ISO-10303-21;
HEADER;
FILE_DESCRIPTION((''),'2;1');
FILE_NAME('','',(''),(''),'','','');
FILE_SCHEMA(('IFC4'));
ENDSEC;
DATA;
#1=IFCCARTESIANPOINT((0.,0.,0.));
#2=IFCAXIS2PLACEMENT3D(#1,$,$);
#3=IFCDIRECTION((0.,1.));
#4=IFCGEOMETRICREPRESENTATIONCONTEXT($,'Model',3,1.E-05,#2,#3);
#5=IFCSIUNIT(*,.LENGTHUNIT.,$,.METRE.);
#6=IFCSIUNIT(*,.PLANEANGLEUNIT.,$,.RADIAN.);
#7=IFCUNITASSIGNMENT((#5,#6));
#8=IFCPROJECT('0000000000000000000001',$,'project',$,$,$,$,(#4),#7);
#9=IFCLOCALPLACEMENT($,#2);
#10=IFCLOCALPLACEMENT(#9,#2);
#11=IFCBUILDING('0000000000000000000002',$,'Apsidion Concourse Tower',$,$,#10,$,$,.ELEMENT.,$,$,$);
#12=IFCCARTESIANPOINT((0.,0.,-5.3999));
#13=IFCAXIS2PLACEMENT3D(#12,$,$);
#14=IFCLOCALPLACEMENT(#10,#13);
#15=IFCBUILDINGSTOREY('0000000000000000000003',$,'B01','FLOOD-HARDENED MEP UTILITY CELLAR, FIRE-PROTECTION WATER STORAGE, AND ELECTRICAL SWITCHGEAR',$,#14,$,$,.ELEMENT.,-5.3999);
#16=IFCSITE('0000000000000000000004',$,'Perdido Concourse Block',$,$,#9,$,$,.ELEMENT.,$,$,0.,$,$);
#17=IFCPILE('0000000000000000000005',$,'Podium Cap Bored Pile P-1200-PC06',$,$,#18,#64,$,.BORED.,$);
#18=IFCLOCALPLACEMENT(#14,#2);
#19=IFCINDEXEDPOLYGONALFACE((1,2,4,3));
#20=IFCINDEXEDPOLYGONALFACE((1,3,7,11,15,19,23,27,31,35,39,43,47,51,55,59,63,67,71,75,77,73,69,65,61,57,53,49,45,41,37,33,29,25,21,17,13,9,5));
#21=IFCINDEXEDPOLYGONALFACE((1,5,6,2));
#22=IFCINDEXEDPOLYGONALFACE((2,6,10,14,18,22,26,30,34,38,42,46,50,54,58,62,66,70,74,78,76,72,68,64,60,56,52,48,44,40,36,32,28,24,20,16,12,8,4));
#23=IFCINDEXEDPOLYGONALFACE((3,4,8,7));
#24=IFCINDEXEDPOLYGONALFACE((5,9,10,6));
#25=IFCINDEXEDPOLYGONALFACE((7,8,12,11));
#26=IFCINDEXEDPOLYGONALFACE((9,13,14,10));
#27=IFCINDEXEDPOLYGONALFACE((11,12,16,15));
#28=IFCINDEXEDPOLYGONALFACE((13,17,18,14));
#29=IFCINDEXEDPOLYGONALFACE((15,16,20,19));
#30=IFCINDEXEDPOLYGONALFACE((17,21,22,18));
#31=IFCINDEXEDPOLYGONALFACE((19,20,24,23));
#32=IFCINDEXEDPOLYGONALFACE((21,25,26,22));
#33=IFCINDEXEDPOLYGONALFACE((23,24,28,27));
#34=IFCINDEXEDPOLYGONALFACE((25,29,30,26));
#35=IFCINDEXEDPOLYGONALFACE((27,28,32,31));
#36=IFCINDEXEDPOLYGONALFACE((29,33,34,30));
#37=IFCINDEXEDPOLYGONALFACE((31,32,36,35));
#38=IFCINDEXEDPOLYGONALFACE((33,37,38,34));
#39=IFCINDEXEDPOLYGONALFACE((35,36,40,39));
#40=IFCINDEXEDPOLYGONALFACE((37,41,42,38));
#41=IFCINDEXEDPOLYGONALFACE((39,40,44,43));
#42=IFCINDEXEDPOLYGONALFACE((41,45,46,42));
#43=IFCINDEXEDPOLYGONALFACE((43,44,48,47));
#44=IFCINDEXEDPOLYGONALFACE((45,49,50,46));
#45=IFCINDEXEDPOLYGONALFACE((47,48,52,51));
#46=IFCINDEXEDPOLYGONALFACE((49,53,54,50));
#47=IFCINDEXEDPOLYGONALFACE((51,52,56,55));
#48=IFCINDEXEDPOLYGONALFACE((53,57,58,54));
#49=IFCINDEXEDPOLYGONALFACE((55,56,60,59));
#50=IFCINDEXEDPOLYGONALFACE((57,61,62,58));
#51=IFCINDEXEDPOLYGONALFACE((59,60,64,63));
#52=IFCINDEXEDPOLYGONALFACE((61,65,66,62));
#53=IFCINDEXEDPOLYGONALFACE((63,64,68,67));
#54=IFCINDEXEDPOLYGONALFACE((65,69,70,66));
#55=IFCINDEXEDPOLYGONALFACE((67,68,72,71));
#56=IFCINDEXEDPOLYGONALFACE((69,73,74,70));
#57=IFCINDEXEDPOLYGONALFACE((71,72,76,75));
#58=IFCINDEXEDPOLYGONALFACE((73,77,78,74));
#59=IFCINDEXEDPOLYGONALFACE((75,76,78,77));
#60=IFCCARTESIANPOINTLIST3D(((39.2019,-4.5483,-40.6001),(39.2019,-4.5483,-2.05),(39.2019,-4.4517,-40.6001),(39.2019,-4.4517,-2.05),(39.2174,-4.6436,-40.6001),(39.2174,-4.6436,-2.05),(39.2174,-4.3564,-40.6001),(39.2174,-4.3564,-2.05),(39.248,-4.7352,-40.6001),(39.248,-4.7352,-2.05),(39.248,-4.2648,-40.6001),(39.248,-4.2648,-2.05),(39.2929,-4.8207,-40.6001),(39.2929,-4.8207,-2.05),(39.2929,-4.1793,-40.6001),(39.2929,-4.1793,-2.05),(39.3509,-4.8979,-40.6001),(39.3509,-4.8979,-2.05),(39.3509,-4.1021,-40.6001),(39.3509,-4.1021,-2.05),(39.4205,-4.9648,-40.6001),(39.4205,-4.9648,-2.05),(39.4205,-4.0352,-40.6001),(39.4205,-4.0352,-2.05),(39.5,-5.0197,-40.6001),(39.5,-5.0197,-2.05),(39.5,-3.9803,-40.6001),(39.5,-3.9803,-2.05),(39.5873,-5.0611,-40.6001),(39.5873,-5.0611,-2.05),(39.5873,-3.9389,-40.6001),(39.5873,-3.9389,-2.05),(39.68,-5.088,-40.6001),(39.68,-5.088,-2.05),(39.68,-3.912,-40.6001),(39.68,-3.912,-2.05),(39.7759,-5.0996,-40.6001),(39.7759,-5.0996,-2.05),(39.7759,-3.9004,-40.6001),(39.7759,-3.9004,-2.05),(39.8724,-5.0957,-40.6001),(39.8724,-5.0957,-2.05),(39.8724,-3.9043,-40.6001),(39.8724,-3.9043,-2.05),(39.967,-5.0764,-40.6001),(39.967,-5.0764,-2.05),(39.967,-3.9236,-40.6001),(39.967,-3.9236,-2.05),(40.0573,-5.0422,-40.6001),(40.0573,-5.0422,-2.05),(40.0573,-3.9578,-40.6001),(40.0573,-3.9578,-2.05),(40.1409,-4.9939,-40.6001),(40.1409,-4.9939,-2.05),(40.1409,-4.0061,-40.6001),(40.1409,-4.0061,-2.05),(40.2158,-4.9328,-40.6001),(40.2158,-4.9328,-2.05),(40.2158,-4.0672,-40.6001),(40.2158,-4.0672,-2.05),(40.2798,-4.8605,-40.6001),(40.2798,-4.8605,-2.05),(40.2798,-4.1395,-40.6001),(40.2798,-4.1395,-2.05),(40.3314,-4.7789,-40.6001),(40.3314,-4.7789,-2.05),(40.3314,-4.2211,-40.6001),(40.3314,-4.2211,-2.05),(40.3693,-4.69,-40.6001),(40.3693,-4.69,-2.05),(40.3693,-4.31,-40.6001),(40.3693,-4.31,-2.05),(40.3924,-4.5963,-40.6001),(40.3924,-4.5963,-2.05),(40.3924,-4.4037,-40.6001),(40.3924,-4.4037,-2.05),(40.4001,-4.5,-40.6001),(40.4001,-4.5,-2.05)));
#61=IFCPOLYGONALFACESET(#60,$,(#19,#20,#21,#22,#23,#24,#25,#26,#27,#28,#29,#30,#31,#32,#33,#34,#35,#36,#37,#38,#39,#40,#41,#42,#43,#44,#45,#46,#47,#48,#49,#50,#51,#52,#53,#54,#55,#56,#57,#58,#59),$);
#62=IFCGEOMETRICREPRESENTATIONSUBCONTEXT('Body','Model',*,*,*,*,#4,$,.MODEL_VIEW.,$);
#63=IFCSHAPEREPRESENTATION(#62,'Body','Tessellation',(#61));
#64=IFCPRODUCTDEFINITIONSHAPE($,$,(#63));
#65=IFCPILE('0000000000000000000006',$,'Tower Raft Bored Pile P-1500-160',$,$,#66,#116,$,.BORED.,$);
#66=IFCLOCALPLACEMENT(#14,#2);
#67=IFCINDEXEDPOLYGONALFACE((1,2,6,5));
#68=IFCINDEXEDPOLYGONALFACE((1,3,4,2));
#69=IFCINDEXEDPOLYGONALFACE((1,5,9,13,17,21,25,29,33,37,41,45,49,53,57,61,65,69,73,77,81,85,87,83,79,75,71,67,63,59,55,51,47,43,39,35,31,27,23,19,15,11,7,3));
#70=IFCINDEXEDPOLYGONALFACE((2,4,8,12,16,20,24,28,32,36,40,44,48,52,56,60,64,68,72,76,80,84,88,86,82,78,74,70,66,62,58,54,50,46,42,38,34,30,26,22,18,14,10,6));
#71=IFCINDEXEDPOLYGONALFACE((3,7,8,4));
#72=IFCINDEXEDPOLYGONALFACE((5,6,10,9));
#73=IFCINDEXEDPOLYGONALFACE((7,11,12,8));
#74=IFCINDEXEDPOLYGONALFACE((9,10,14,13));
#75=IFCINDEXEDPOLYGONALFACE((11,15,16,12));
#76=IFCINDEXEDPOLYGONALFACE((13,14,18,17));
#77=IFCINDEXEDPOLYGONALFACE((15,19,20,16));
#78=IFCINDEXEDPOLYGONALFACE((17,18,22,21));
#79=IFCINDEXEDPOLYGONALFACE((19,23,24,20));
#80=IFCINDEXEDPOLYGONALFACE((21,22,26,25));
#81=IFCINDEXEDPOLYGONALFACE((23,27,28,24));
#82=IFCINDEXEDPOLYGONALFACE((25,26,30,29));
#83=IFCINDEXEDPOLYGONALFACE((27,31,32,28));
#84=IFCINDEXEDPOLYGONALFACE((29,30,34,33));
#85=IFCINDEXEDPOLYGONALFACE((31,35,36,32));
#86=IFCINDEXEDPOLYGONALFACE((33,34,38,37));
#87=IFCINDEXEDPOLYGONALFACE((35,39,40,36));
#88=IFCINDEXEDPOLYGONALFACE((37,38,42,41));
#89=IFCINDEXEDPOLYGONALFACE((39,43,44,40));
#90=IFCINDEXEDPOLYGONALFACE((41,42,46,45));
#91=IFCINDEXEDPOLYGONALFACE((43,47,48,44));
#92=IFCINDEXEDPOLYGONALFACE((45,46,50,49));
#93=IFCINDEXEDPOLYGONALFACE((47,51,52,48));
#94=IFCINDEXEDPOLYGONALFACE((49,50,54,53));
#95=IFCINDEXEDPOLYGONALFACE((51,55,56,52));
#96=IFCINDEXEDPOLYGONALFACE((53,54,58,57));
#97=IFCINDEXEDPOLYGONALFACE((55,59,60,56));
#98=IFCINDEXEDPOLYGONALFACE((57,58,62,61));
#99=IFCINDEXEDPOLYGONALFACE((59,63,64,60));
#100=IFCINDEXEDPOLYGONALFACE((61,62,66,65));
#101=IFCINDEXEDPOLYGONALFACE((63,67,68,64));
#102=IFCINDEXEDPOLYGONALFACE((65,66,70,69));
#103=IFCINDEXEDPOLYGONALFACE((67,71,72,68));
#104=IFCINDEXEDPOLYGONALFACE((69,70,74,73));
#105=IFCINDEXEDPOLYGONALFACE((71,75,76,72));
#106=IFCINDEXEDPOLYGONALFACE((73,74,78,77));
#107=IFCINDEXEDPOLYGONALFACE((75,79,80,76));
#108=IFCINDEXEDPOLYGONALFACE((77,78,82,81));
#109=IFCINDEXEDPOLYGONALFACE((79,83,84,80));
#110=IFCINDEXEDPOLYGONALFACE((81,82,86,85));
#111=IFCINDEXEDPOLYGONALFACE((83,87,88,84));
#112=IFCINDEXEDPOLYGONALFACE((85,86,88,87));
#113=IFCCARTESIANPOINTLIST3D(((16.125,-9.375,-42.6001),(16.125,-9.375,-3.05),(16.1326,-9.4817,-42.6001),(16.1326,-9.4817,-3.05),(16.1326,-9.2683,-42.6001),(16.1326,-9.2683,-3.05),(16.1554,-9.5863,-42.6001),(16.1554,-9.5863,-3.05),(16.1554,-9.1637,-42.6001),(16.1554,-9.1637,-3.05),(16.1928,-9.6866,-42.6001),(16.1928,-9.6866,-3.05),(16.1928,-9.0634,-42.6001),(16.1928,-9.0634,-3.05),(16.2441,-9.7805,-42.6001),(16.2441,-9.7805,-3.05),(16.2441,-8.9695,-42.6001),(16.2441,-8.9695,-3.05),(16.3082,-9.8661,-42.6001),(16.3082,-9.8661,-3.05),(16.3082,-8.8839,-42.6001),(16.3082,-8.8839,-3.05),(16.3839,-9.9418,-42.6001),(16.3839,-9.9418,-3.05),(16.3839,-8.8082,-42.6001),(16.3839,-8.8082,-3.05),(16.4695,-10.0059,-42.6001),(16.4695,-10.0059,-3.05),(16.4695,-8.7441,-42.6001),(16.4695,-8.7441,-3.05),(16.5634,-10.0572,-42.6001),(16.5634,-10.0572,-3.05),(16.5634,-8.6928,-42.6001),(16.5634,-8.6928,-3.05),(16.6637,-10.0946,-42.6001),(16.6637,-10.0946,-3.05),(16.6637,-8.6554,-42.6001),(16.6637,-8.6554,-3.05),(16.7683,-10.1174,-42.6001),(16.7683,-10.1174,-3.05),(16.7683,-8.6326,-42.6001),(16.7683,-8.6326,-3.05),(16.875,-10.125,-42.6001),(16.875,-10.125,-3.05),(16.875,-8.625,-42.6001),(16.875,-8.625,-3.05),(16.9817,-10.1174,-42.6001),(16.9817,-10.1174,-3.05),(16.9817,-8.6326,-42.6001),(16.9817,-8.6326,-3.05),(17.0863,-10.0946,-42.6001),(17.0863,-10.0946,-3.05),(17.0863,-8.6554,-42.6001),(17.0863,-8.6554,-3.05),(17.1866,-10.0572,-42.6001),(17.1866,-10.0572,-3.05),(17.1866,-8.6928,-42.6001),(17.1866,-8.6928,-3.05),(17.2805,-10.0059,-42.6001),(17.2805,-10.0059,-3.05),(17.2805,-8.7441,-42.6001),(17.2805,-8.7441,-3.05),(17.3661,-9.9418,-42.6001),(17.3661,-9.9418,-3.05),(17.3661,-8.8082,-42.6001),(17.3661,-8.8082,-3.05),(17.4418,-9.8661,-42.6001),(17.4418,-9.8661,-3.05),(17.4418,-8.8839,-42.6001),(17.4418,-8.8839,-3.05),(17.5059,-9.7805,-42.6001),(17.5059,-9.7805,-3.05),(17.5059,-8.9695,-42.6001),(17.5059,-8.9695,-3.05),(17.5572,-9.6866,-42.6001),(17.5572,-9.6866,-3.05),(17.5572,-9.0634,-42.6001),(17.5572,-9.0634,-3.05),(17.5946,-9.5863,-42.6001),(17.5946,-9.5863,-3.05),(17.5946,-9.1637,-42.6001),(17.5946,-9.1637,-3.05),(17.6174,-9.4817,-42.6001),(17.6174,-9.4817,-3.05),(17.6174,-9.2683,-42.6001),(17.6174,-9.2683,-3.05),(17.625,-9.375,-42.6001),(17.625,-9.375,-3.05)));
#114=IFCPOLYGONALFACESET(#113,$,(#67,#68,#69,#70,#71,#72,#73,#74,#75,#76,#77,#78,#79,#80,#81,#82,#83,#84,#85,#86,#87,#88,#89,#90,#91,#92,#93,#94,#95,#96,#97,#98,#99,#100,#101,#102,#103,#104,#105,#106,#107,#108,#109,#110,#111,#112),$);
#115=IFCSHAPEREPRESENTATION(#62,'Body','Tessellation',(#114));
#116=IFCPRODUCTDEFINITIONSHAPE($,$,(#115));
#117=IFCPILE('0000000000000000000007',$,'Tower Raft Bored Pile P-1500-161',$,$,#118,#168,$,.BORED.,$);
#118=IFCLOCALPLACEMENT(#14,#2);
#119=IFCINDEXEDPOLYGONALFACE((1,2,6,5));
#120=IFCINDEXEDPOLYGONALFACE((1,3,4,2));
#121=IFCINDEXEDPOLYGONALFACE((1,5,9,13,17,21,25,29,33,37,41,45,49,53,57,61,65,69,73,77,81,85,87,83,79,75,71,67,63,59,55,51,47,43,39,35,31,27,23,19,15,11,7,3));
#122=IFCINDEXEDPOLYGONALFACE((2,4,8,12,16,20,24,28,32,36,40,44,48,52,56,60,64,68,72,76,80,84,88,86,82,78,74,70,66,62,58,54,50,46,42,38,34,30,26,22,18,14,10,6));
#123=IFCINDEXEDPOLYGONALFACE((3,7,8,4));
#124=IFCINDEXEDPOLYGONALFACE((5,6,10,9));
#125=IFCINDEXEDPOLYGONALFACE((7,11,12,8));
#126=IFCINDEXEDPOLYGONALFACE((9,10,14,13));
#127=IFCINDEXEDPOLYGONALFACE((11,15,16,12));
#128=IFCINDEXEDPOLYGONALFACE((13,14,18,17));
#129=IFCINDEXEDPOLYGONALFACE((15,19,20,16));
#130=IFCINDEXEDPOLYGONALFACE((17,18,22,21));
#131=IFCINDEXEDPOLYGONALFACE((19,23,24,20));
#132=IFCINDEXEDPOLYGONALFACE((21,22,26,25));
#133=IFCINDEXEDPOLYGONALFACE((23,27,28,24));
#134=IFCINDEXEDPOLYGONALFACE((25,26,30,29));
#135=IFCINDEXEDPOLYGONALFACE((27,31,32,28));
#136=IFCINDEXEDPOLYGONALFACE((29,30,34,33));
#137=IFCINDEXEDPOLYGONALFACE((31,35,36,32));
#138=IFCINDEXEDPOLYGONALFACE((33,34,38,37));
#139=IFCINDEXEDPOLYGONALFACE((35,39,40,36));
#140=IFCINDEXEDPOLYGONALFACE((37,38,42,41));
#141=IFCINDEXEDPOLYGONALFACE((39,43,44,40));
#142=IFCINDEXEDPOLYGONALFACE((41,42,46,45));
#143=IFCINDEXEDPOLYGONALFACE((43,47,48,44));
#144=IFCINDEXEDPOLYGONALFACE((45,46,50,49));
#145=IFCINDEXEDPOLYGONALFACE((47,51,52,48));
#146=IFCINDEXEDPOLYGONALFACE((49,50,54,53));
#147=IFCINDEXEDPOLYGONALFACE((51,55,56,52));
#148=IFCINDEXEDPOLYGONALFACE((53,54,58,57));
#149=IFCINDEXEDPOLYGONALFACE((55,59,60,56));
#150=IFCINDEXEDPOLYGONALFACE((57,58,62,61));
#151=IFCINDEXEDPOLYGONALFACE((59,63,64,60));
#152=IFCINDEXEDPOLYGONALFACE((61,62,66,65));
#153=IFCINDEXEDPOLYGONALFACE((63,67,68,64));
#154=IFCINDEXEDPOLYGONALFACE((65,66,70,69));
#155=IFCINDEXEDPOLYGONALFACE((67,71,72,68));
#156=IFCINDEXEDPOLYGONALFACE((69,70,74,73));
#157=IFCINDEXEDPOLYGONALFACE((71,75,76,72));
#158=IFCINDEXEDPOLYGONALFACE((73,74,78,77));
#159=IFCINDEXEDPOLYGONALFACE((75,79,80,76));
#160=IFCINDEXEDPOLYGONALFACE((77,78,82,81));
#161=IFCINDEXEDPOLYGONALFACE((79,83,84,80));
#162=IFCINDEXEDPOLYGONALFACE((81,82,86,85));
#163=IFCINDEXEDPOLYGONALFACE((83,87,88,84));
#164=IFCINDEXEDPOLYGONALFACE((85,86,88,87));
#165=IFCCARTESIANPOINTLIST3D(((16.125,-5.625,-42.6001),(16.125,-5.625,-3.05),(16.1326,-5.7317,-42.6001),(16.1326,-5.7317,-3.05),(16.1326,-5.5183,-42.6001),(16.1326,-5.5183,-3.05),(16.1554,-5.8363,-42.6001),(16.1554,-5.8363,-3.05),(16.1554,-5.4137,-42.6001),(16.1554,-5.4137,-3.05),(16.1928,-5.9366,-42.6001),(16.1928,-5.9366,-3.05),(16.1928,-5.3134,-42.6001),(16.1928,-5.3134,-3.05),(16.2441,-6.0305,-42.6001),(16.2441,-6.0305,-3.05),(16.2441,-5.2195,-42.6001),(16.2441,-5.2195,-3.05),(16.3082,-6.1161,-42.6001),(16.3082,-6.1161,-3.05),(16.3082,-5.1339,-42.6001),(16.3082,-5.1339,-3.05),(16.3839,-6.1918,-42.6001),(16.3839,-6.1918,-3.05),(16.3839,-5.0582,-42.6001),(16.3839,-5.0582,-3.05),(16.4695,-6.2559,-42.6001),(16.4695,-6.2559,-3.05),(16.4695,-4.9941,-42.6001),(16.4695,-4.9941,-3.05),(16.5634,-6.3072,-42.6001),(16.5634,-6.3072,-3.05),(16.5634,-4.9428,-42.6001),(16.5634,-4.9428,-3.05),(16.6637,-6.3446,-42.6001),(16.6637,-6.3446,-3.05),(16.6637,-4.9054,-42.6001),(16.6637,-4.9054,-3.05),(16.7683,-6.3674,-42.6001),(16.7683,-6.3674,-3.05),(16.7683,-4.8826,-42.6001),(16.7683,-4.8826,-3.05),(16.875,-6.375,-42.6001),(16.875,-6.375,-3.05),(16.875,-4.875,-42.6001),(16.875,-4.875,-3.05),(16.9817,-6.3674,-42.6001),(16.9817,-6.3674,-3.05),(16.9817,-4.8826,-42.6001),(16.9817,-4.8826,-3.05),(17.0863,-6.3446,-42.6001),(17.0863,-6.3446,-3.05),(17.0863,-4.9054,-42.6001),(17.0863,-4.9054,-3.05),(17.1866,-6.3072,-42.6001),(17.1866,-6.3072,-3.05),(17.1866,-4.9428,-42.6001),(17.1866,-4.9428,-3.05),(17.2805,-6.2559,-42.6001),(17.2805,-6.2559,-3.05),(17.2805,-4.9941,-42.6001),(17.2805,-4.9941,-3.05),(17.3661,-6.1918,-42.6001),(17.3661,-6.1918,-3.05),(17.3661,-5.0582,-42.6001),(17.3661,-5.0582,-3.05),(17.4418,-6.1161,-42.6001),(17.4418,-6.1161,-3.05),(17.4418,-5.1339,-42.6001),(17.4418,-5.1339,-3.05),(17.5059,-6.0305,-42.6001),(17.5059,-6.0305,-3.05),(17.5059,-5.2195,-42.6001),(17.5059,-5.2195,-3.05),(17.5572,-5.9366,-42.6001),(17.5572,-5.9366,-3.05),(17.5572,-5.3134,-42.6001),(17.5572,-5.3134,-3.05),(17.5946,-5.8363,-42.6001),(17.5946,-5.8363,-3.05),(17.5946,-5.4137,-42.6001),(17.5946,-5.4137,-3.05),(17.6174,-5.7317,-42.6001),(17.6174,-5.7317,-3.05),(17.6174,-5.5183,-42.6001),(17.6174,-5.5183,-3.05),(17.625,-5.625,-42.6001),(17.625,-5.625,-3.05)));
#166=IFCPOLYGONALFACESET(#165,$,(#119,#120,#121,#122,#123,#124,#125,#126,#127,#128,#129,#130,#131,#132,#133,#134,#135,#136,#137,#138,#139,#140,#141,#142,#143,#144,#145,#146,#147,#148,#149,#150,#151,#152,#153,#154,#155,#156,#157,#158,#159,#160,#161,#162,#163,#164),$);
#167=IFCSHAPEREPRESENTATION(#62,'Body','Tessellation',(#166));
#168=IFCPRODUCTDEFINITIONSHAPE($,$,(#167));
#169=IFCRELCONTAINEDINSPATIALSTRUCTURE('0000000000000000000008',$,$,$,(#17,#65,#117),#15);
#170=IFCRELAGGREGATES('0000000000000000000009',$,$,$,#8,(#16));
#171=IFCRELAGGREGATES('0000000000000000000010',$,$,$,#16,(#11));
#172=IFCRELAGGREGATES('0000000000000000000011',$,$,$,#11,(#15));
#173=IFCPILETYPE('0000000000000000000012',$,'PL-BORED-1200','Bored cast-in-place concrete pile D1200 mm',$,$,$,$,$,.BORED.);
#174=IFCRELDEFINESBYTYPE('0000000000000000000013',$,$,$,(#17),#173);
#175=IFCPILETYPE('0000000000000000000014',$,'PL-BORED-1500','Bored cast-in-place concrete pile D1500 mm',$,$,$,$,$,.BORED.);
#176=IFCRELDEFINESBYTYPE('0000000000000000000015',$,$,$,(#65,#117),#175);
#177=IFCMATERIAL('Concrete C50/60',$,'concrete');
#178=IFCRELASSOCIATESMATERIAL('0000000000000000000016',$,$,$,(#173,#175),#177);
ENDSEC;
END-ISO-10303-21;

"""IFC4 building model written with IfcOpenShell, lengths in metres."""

from ifc_helpers import new_model, si_unit, direction, frame, origin, origin_2d, place, context, subcontext, project, spatial, circle, extrude, material, material_profile, profile_set, type_object, element, save


model = new_model("IFC4")

# Units and contexts
model_context = context("Model", 3, precision=1e-05, world=origin(), true_north=direction((0.0, 1.0)))
body_context = subcontext(model_context, "Body", "Model", "MODEL_VIEW")
ifc_project = project(units=[si_unit("LENGTHUNIT", "METRE"), si_unit("PLANEANGLEUNIT", "RADIAN")], contexts=[model_context])

# Site, building, storey
site_placement = place(None, origin())
site = spatial("IfcSite", under=ifc_project, at=site_placement, Name="Perdido Concourse Block", CompositionType="ELEMENT", RefElevation=0.0)
building_placement = place(site_placement, origin())
building = spatial("IfcBuilding", under=site, at=building_placement, Name="Apsidion Concourse Tower", CompositionType="ELEMENT")
storey_placement = place(building_placement, frame((0.0, 0.0, -5.3999)))
storey = spatial("IfcBuildingStorey", under=building, at=storey_placement, Name="B01", Description="FLOOD-HARDENED MEP UTILITY CELLAR, FIRE-PROTECTION WATER STORAGE, AND ELECTRICAL SWITCHGEAR", CompositionType="ELEMENT", Elevation=-5.3999)

# Shared definitions
ifc_material_1 = material(Name="Concrete C50/60", Category="concrete")

# Piles
ifc_material_profile_1 = material_profile(ifc_material_1, circle(Radius=0.6001, at=origin_2d()), Name="BORED PILE D1200")
ifc_profile_set_1 = profile_set([ifc_material_profile_1], Name="Concrete C50/60")
pile_type_1 = type_object("IfcPileType", Name="PL-BORED-1200", Description="Bored cast-in-place concrete pile D1200 mm", PredefinedType="BORED", material=ifc_profile_set_1)
for number, where, z_axis, x_axis, name in (
    (1, (39.8, -4.5, -2.05), (0.0, 0.0, -1.0), (1.0, 0.0, 0.0), "Podium Cap Bored Pile P-1200-PC06"),
):
    element("IfcPile", number, at=place(storey_placement, frame(where, z_axis=z_axis, x_axis=x_axis)), inside=storey, type_object=pile_type_1, Name=name, PredefinedType="BORED", context=body_context, shape_type="SweptSolid", body=[
        extrude(circle(Radius=0.6001, at=origin_2d()), origin(), (0.0, 0.0, 1.0), 38.55),
    ])
ifc_material_profile_2 = material_profile(ifc_material_1, circle(Radius=0.75, at=origin_2d()), Name="BORED PILE D1500")
ifc_profile_set_2 = profile_set([ifc_material_profile_2], Name="Concrete C50/60")
pile_type_2 = type_object("IfcPileType", Name="PL-BORED-1500", Description="Bored cast-in-place concrete pile D1500 mm", PredefinedType="BORED", material=ifc_profile_set_2)
for number, where, z_axis, x_axis, name in (
    (2, (16.875, -9.375, -3.05), (0.0, 0.0, -1.0), (1.0, 0.0, 0.0), "Tower Raft Bored Pile P-1500-160"),
    (3, (16.875, -5.625, -3.05), (0.0, 0.0, -1.0), (1.0, 0.0, 0.0), "Tower Raft Bored Pile P-1500-161"),
):
    element("IfcPile", number, at=place(storey_placement, frame(where, z_axis=z_axis, x_axis=x_axis)), inside=storey, type_object=pile_type_2, Name=name, PredefinedType="BORED", context=body_context, shape_type="SweptSolid", body=[
        extrude(circle(Radius=0.75, at=origin_2d()), origin(), (0.0, 0.0, 1.0), 39.55),
    ])

save(model, "model.ifc")
